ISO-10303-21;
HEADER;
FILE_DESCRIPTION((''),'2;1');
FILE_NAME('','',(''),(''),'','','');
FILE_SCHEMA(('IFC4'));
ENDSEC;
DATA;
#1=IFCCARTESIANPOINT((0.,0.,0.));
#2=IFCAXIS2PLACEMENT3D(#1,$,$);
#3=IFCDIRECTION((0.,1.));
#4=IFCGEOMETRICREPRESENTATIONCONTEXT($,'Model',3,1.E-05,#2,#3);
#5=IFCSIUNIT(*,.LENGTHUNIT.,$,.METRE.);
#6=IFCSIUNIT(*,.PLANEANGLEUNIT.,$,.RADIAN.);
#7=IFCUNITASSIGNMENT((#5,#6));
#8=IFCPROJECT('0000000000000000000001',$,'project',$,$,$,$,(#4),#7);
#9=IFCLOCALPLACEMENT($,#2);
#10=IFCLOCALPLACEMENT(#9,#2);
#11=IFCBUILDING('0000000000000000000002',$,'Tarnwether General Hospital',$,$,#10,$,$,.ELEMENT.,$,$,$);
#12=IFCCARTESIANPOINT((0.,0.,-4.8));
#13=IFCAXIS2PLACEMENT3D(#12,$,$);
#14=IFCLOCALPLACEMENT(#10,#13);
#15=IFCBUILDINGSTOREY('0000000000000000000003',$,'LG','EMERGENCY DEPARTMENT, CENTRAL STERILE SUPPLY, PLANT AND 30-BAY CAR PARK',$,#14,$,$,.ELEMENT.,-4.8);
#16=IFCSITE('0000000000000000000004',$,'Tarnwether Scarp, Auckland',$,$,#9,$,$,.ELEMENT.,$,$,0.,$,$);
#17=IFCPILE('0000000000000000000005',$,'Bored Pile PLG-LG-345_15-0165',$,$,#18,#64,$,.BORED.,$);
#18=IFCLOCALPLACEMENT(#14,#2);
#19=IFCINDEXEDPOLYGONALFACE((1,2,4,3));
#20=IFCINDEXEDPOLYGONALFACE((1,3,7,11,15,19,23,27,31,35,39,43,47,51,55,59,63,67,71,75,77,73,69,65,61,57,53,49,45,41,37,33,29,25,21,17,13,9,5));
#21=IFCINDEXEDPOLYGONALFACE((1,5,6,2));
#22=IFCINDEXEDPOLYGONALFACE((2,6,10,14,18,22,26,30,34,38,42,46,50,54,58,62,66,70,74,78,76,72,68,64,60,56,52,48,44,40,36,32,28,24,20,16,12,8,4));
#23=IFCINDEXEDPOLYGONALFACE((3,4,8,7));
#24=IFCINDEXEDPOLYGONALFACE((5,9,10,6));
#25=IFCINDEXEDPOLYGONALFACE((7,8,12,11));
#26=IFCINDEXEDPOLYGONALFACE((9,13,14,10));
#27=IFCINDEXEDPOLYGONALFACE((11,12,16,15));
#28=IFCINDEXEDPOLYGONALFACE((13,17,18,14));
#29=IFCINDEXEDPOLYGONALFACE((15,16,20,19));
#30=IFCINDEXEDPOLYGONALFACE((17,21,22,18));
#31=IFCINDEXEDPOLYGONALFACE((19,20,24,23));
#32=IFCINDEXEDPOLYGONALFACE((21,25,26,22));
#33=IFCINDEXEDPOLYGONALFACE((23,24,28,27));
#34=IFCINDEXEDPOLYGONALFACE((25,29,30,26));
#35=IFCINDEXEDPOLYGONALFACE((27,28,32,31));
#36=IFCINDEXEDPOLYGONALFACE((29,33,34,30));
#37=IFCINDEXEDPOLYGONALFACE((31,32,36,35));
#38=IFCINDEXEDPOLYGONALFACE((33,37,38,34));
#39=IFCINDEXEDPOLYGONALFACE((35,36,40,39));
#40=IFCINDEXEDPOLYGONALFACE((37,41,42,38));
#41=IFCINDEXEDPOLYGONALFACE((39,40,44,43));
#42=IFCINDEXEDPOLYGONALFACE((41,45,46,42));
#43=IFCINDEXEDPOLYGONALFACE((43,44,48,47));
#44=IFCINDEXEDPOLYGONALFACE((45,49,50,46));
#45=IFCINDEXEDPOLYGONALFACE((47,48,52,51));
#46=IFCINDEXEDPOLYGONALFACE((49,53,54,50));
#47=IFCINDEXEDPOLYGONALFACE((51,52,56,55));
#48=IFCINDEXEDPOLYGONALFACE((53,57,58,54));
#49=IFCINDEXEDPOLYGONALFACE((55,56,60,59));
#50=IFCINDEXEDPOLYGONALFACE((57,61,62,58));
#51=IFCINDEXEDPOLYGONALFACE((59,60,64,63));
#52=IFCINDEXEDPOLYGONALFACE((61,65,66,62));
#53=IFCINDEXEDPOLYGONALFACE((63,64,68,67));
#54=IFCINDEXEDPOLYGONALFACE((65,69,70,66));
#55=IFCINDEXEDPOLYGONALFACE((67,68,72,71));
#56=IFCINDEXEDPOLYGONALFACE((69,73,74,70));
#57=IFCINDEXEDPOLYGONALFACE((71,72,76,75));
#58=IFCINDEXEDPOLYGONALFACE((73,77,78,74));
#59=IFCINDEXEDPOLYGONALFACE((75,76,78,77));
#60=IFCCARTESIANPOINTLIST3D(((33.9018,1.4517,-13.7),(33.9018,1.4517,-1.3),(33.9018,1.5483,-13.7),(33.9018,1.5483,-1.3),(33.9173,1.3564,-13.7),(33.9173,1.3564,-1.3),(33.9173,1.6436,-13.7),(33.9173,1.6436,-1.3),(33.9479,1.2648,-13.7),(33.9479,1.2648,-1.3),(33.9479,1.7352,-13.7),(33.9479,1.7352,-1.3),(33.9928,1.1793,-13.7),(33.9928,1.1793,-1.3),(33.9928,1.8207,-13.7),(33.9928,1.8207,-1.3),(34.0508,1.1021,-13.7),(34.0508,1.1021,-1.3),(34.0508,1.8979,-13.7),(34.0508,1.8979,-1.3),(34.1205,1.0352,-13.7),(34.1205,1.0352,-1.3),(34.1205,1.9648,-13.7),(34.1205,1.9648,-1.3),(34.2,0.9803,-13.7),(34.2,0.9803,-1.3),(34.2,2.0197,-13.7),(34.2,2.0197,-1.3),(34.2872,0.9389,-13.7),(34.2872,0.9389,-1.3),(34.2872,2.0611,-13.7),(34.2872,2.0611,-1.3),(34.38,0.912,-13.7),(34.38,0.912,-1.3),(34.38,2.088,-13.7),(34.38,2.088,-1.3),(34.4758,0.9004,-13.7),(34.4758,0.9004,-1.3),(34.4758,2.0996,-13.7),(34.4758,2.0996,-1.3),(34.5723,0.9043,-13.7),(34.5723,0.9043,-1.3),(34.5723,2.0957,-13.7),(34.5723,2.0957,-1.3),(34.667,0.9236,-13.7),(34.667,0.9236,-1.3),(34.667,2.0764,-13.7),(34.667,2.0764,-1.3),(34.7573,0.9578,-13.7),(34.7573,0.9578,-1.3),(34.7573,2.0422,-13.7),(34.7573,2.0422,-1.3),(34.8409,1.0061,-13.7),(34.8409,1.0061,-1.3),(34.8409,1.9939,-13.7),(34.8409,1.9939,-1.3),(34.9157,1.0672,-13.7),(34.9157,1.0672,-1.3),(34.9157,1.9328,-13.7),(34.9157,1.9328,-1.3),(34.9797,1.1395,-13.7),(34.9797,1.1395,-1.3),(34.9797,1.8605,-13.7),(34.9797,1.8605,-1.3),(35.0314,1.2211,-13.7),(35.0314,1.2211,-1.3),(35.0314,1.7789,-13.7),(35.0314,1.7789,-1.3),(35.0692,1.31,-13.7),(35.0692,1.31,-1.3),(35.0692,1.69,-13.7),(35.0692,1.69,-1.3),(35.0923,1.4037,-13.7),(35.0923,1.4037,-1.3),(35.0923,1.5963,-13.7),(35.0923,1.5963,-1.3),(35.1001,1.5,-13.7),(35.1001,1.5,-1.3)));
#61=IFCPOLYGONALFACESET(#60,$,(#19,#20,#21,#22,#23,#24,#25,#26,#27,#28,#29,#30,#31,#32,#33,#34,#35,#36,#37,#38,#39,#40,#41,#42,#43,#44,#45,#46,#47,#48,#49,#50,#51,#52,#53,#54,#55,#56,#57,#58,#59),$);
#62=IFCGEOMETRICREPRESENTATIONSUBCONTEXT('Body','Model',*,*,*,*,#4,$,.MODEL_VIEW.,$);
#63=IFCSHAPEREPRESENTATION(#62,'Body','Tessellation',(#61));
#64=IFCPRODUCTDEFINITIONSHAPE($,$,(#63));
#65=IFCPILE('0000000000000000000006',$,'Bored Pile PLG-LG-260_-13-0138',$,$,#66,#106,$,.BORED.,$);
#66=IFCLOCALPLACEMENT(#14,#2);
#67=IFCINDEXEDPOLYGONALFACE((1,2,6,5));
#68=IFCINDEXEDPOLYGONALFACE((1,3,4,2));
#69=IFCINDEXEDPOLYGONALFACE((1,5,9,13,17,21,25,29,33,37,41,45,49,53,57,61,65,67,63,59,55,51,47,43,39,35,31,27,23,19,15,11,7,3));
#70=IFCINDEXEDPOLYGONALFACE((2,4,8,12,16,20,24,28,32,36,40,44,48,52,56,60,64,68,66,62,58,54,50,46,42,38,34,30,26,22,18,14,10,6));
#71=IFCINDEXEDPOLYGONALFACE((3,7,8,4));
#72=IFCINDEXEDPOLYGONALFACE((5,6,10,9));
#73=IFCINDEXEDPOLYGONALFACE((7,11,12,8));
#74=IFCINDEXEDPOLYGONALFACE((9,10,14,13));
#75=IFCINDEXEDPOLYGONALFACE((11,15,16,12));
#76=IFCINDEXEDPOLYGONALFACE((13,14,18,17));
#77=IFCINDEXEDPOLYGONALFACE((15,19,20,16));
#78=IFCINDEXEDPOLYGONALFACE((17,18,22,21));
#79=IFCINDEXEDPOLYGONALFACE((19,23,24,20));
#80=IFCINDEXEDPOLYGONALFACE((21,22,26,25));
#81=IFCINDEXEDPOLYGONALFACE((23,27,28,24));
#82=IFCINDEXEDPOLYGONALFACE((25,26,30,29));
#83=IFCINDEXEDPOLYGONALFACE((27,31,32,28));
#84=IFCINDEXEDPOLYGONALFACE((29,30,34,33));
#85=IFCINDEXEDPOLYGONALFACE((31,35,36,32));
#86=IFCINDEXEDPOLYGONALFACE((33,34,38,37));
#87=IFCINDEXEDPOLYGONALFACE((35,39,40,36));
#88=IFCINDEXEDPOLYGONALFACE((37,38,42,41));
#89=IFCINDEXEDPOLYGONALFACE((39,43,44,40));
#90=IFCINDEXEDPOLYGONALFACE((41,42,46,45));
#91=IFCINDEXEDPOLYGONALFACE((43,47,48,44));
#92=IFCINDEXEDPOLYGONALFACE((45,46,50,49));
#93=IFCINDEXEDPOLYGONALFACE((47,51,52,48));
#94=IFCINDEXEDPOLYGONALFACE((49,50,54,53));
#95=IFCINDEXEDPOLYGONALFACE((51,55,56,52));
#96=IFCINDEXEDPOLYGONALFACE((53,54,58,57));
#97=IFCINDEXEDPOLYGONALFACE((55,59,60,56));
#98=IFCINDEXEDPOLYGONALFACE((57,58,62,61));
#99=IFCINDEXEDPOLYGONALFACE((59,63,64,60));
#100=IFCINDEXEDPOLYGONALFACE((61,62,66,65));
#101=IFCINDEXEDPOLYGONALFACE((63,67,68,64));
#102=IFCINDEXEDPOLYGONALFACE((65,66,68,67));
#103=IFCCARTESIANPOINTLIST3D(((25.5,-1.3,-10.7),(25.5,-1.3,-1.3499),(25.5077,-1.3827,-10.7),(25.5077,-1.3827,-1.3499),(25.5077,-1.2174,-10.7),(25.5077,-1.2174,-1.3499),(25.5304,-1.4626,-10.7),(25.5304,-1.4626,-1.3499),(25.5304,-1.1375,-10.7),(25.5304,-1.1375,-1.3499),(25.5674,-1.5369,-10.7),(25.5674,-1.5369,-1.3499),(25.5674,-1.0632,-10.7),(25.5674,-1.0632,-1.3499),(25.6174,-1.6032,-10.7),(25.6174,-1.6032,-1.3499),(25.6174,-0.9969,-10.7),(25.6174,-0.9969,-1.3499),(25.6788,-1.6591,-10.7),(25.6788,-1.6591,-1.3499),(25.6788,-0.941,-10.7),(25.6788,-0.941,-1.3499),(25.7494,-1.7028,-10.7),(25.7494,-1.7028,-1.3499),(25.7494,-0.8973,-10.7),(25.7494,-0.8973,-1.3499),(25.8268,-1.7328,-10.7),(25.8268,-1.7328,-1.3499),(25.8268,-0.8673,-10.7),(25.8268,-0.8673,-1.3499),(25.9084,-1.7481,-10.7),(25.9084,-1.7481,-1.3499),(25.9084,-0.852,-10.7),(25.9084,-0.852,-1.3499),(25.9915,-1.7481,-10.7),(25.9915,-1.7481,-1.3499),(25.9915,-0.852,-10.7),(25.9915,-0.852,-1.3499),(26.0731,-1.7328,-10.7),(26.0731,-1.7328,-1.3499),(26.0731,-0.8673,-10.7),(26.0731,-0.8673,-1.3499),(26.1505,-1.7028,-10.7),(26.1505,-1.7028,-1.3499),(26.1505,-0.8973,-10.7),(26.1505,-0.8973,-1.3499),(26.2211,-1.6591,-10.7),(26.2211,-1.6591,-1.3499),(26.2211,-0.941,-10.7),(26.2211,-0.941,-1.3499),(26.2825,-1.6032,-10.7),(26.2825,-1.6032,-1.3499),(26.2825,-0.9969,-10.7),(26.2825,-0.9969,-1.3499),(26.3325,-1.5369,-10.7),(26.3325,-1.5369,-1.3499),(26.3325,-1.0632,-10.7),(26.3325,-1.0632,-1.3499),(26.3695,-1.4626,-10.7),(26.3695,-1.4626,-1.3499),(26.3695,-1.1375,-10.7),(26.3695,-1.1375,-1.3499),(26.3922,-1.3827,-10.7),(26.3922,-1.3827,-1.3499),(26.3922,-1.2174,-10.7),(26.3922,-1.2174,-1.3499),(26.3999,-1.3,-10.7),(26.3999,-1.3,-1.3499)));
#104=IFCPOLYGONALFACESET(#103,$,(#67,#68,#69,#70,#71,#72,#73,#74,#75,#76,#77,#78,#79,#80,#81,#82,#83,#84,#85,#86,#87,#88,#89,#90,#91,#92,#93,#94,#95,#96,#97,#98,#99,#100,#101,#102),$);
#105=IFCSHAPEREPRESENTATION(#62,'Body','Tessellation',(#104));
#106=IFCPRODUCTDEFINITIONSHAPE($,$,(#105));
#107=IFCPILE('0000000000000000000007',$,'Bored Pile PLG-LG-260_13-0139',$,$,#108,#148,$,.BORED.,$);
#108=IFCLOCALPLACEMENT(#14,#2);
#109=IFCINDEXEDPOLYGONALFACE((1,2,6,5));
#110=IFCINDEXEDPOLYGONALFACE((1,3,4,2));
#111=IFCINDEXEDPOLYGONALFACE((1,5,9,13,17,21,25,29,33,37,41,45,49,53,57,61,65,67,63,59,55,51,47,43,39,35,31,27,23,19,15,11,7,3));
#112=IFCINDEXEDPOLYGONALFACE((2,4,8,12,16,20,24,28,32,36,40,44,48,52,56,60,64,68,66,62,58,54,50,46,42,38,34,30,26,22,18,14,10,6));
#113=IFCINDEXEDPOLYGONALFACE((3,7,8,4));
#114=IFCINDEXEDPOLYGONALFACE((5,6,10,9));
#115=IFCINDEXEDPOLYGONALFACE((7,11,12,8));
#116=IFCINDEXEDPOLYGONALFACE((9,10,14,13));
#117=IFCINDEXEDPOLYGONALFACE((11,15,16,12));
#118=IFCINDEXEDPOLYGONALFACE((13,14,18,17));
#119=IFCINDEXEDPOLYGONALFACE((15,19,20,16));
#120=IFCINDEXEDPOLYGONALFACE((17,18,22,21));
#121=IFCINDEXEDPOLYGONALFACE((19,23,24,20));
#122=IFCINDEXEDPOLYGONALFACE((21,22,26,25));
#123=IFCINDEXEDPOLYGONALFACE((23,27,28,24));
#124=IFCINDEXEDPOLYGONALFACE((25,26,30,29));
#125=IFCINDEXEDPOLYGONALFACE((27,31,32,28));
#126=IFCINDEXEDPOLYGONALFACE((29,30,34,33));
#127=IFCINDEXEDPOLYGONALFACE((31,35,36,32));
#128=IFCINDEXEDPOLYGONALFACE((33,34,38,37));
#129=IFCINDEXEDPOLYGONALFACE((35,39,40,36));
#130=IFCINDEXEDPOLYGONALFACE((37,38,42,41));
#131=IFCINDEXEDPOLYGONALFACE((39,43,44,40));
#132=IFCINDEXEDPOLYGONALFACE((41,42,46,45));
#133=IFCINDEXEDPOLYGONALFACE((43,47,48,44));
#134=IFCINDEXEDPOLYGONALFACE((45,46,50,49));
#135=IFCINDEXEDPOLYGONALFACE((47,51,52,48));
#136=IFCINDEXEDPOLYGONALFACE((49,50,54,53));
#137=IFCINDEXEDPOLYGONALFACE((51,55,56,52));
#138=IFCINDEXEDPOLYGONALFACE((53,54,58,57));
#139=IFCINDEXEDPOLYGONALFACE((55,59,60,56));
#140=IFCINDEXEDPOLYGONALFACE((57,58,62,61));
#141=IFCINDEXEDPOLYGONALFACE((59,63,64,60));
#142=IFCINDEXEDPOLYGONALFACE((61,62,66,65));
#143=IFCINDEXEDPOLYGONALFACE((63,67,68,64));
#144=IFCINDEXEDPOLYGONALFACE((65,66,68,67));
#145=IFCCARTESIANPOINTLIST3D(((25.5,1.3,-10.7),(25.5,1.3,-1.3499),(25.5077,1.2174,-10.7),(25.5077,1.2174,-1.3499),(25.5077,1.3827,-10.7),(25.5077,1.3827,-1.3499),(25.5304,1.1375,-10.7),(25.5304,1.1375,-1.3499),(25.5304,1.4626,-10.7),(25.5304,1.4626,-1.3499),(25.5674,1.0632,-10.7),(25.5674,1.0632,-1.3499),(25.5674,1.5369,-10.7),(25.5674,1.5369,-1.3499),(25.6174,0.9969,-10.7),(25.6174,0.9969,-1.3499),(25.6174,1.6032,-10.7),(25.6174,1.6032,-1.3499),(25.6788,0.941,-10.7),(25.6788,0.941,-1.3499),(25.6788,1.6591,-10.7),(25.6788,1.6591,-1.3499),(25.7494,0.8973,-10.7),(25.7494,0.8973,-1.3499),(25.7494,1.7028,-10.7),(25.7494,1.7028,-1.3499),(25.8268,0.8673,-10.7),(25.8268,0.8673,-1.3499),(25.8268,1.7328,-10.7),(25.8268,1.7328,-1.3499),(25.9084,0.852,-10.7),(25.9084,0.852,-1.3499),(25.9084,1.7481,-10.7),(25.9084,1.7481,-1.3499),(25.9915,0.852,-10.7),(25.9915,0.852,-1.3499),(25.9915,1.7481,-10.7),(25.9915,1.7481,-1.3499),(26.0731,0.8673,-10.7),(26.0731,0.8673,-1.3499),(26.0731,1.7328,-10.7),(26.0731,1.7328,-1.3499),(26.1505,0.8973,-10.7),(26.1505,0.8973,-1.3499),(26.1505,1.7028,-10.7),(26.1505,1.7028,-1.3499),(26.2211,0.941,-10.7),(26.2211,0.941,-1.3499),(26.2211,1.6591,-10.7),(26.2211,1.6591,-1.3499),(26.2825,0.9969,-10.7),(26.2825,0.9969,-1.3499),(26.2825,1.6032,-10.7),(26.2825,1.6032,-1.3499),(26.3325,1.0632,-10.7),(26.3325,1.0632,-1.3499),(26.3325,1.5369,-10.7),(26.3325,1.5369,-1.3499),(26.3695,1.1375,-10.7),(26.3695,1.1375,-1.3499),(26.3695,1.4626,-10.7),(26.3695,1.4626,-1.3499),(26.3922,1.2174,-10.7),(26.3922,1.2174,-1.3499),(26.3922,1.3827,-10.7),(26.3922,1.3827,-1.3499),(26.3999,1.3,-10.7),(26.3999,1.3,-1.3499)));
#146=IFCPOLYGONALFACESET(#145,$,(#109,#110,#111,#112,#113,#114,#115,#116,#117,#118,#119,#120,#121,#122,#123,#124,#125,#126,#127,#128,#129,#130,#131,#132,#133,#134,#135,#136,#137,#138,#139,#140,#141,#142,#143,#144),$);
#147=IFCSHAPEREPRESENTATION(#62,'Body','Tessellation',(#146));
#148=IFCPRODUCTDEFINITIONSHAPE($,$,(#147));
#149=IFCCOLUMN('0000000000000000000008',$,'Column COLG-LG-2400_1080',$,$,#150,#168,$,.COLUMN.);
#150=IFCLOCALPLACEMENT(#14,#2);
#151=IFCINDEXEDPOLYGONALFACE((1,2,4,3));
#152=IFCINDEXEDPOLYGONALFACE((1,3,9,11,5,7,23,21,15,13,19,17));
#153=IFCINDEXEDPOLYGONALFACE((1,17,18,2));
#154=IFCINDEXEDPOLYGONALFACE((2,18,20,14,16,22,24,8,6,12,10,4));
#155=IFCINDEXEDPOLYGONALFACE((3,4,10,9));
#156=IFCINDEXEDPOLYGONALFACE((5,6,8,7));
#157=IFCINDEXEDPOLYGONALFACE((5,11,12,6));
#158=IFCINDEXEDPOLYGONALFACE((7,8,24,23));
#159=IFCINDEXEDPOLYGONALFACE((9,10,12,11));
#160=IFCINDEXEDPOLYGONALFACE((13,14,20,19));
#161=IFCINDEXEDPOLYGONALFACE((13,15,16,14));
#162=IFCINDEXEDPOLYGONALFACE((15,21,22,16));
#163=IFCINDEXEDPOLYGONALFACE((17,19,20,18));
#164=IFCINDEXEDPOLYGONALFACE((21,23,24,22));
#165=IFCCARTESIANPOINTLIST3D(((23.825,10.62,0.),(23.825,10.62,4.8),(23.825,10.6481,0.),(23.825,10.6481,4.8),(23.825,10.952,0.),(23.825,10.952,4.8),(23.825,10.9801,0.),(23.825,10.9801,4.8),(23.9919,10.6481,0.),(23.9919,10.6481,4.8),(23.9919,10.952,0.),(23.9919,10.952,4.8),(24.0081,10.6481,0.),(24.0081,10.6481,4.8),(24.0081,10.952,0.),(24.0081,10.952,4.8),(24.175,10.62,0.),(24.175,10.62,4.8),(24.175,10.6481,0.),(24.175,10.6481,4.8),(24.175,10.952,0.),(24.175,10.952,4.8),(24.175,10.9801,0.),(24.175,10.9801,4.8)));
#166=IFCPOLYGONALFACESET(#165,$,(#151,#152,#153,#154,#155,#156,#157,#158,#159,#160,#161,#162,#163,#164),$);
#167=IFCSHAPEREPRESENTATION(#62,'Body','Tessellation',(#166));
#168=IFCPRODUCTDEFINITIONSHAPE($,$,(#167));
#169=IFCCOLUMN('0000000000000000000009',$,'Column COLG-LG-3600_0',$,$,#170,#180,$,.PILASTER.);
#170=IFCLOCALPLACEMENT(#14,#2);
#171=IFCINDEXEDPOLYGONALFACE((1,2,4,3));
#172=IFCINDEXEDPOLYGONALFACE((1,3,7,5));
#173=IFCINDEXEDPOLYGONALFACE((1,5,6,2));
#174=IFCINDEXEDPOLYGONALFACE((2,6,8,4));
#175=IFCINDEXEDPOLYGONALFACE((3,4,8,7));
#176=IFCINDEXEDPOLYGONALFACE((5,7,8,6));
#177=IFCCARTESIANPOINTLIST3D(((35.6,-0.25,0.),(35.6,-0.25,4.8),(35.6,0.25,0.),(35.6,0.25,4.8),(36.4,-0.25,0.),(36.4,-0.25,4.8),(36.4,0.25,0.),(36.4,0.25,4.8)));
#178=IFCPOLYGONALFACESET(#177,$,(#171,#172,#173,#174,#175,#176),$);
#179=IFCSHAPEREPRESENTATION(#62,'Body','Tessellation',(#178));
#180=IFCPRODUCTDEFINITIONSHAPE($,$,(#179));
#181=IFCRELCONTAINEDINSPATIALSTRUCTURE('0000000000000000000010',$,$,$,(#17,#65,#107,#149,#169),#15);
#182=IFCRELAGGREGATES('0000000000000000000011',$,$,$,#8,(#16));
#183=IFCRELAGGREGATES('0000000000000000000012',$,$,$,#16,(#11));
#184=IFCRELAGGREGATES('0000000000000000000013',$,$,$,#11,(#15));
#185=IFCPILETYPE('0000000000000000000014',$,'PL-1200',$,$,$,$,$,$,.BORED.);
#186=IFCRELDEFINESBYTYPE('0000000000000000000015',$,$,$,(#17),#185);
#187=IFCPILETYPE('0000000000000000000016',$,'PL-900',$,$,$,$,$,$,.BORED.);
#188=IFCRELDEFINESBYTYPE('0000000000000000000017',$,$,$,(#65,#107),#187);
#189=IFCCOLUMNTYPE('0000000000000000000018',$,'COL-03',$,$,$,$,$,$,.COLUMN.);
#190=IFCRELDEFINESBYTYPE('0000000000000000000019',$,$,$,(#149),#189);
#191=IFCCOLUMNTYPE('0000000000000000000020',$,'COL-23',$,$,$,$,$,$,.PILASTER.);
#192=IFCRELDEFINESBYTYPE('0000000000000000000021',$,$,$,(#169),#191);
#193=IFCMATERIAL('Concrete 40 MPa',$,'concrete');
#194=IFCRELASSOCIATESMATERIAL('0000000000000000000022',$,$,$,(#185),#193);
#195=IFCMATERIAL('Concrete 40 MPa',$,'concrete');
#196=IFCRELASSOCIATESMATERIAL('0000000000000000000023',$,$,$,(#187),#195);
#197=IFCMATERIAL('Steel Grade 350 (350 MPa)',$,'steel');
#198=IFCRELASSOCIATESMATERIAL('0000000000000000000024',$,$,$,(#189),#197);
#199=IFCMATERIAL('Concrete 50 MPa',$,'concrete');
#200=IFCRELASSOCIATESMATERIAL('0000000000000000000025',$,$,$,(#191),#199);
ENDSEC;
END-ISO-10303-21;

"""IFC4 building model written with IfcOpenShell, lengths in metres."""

from ifc_helpers import new_model, si_unit, direction, frame, origin, origin_2d, place, context, subcontext, project, spatial, rectangle, circle, i_section, extrude, material, material_profile, profile_set, type_object, element, save


model = new_model("IFC4")

# Units and contexts
model_context = context("Model", 3, precision=1e-05, world=origin(), true_north=direction((0.0, 1.0)))
body_context = subcontext(model_context, "Body", "Model", "MODEL_VIEW")
ifc_project = project(units=[si_unit("LENGTHUNIT", "METRE"), si_unit("PLANEANGLEUNIT", "RADIAN")], contexts=[model_context])

# Site, building, storey
site_placement = place(None, origin())
site = spatial("IfcSite", under=ifc_project, at=site_placement, Name="Tarnwether Scarp, Auckland", CompositionType="ELEMENT", RefElevation=0.0)
building_placement = place(site_placement, origin())
building = spatial("IfcBuilding", under=site, at=building_placement, Name="Tarnwether General Hospital", CompositionType="ELEMENT")
storey_placement = place(building_placement, frame((0.0, 0.0, -4.8)))
storey = spatial("IfcBuildingStorey", under=building, at=storey_placement, Name="LG", Description="EMERGENCY DEPARTMENT, CENTRAL STERILE SUPPLY, PLANT AND 30-BAY CAR PARK", CompositionType="ELEMENT", Elevation=-4.8)

# Piles
ifc_material_1 = material(Name="Concrete 40 MPa", Category="concrete")
ifc_material_profile_1 = material_profile(ifc_material_1, circle(Radius=0.6001, at=origin_2d()), Name="PILE-D1200")
ifc_profile_set_1 = profile_set([ifc_material_profile_1], Name="Concrete 40 MPa")
pile_type_1 = type_object("IfcPileType", Name="PL-1200", PredefinedType="BORED", material=ifc_profile_set_1)
for number, where, z_axis, x_axis, name in (
    (1, (34.5, 1.5, -1.3), (0.0, 0.0, -1.0), (1.0, 0.0, 0.0), "Bored Pile PLG-LG-345_15-0165"),
):
    element("IfcPile", number, at=place(storey_placement, frame(where, z_axis=z_axis, x_axis=x_axis)), inside=storey, type_object=pile_type_1, Name=name, PredefinedType="BORED", context=body_context, shape_type="SweptSolid", body=[
        extrude(circle(Radius=0.6001, at=origin_2d()), origin(), (0.0, 0.0, 1.0), 12.3999),
    ])
ifc_material_2 = material(Name="Concrete 40 MPa", Category="concrete")
ifc_material_profile_2 = material_profile(ifc_material_2, circle(Radius=0.45, at=origin_2d()), Name="PILE-D900")
ifc_profile_set_2 = profile_set([ifc_material_profile_2], Name="Concrete 40 MPa")
pile_type_2 = type_object("IfcPileType", Name="PL-900", PredefinedType="BORED", material=ifc_profile_set_2)
for number, where, z_axis, x_axis, name in (
    (2, (25.95, -1.3, -1.3499), (0.0, 0.0, -1.0), (1.0, 0.0, 0.0), "Bored Pile PLG-LG-260_-13-0138"),
    (3, (25.95, 1.3, -1.3499), (0.0, 0.0, -1.0), (1.0, 0.0, 0.0), "Bored Pile PLG-LG-260_13-0139"),
):
    element("IfcPile", number, at=place(storey_placement, frame(where, z_axis=z_axis, x_axis=x_axis)), inside=storey, type_object=pile_type_2, Name=name, PredefinedType="BORED", context=body_context, shape_type="SweptSolid", body=[
        extrude(circle(Radius=0.45, at=origin_2d()), origin(), (0.0, 0.0, 1.0), 9.3501),
    ])

# Columns
ifc_material_3 = material(Name="Steel Grade 350 (350 MPa)", Category="steel")
ifc_material_profile_3 = material_profile(ifc_material_3, i_section(OverallWidth=0.3501, OverallDepth=0.3601, WebThickness=0.0161, FlangeThickness=0.0281, at=origin_2d()), Name="350WC230")
ifc_profile_set_3 = profile_set([ifc_material_profile_3], Name="Steel Grade 350 (350 MPa)")
column_type_1 = type_object("IfcColumnType", Name="COL-03", PredefinedType="COLUMN", material=ifc_profile_set_3)
column_1_placement = place(storey_placement, frame((24.0, 10.8, 0.0), z_axis=(0.0, 0.0, 1.0), x_axis=(1.0, 0.0, 0.0)))
element("IfcColumn", 4, at=column_1_placement, inside=storey, type_object=column_type_1, Name="Column COLG-LG-2400_1080", PredefinedType="COLUMN", context=body_context, shape_type="SweptSolid", body=[
    extrude(i_section(OverallWidth=0.3501, OverallDepth=0.3601, WebThickness=0.0161, FlangeThickness=0.0281, at=origin_2d()), origin(), (0.0, 0.0, 1.0), 4.8),
])
ifc_material_4 = material(Name="Concrete 50 MPa", Category="concrete")
ifc_material_profile_4 = material_profile(ifc_material_4, rectangle(XDim=0.5, YDim=0.8, at=origin_2d()), Name="RC-PIL-500x800")
ifc_profile_set_4 = profile_set([ifc_material_profile_4], Name="Concrete 50 MPa")
column_type_2 = type_object("IfcColumnType", Name="COL-23", PredefinedType="PILASTER", material=ifc_profile_set_4)
column_2_placement = place(storey_placement, frame((36.0, 0.0, 0.0), z_axis=(0.0, 0.0, 1.0), x_axis=(0.0, 1.0, 0.0)))
element("IfcColumn", 5, at=column_2_placement, inside=storey, type_object=column_type_2, Name="Column COLG-LG-3600_0", PredefinedType="PILASTER", context=body_context, shape_type="SweptSolid", body=[
    extrude(rectangle(XDim=0.5, YDim=0.8, at=origin_2d()), origin(), (0.0, 0.0, 1.0), 4.8),
])

save(model, "model.ifc")
